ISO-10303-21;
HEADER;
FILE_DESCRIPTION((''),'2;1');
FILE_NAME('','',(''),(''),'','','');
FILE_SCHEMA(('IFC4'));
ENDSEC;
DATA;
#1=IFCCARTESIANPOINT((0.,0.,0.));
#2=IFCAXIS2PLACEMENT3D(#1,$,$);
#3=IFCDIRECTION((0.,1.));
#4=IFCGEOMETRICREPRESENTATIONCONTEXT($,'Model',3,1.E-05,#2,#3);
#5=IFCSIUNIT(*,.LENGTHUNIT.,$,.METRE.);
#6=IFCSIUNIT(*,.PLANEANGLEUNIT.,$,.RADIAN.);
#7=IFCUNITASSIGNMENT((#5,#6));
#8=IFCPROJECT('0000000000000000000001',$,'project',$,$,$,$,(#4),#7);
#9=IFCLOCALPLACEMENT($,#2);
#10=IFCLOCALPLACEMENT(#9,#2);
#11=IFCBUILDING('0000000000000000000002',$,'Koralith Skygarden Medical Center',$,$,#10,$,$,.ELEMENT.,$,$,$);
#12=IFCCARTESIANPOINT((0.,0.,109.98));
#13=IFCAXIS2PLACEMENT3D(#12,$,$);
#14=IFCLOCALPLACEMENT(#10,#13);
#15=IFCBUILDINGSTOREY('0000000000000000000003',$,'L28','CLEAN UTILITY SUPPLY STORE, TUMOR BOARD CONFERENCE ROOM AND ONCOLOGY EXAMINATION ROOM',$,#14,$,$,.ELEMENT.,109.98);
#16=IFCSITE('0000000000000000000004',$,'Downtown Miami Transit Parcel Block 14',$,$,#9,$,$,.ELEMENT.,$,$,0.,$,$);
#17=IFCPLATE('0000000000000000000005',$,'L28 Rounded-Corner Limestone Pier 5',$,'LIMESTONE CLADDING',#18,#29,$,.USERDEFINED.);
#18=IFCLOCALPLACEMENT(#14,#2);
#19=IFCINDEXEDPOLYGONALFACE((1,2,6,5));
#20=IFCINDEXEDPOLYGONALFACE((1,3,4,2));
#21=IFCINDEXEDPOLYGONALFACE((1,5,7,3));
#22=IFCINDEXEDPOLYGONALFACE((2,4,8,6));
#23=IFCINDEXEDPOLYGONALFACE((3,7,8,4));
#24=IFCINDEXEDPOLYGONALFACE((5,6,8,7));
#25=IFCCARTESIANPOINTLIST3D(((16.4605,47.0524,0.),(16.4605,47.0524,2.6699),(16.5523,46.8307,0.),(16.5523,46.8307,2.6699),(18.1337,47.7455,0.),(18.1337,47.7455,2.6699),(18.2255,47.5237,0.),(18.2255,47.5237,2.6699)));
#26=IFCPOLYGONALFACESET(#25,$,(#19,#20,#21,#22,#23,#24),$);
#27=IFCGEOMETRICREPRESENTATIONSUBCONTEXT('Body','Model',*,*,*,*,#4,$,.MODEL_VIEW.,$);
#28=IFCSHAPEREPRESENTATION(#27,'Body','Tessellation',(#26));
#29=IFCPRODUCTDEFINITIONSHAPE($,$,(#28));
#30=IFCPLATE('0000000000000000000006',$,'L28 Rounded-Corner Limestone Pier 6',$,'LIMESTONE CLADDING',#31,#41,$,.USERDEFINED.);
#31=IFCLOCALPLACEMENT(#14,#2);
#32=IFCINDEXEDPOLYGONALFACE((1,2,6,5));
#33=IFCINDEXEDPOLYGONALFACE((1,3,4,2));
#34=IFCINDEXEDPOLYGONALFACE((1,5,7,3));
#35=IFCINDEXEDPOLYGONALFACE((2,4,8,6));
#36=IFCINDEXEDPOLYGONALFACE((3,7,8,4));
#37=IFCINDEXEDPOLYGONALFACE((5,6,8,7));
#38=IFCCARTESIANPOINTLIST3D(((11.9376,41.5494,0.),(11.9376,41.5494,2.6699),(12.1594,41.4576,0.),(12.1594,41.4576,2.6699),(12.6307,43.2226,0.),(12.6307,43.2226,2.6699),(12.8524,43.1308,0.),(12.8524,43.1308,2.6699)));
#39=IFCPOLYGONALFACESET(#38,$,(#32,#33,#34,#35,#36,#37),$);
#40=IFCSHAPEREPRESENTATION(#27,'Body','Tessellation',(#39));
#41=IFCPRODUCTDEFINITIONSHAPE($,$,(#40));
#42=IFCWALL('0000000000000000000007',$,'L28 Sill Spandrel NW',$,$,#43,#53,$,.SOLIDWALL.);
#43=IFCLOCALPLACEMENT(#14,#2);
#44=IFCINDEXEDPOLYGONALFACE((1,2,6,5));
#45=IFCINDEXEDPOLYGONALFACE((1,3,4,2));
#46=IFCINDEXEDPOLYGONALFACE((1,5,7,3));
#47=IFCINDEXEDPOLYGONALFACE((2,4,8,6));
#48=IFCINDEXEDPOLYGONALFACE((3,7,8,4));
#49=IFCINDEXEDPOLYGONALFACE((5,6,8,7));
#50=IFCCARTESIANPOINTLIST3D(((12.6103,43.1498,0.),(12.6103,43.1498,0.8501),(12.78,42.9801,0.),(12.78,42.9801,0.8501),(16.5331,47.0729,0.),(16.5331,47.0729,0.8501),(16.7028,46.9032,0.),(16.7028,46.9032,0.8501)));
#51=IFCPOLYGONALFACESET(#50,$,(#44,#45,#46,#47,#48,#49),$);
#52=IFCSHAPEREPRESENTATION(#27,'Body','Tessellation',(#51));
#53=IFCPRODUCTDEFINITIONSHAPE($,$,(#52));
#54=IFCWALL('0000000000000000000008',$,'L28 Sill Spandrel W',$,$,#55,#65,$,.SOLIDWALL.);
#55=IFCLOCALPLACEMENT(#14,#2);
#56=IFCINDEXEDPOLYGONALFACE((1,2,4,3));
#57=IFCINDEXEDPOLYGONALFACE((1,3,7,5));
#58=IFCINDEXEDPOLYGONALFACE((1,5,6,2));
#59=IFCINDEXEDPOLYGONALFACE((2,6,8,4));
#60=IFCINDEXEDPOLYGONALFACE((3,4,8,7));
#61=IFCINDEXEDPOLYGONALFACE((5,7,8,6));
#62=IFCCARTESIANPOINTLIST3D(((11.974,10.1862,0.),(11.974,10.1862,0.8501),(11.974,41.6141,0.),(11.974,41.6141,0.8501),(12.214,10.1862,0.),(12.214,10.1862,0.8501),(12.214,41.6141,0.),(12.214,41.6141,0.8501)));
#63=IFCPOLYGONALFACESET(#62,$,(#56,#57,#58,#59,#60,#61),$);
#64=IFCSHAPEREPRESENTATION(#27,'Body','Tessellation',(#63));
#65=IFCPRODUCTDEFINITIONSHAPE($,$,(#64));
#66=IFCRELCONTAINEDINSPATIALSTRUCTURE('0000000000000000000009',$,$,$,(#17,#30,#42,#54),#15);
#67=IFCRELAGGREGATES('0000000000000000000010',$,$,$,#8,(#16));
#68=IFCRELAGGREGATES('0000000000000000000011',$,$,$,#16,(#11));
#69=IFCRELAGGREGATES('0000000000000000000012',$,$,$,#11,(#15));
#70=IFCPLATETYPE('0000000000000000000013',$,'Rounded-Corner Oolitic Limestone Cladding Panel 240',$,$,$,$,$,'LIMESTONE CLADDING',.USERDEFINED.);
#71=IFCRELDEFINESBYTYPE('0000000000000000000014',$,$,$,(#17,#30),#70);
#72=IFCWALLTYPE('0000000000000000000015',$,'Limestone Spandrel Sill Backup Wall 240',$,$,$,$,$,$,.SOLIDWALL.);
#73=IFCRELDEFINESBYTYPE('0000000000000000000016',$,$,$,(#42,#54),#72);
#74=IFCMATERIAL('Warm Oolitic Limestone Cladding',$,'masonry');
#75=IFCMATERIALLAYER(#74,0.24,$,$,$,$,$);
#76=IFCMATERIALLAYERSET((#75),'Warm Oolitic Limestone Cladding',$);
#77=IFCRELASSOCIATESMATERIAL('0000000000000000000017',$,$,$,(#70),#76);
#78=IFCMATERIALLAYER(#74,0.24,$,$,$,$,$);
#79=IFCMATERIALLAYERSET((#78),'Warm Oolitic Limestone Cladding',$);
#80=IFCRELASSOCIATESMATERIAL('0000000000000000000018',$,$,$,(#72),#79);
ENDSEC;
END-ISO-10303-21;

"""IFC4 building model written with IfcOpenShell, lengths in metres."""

from ifc_helpers import new_model, si_unit, direction, frame, frame_2d, origin, origin_2d, place, context, subcontext, project, spatial, rectangle, extrude, material, layer, layer_set, type_object, element, save


model = new_model("IFC4")

# Units and contexts
model_context = context("Model", 3, precision=1e-05, world=origin(), true_north=direction((0.0, 1.0)))
body_context = subcontext(model_context, "Body", "Model", "MODEL_VIEW")
ifc_project = project(units=[si_unit("LENGTHUNIT", "METRE"), si_unit("PLANEANGLEUNIT", "RADIAN")], contexts=[model_context])

# Site, building, storey
site_placement = place(None, origin())
site = spatial("IfcSite", under=ifc_project, at=site_placement, Name="Downtown Miami Transit Parcel Block 14", CompositionType="ELEMENT", RefElevation=0.0)
building_placement = place(site_placement, origin())
building = spatial("IfcBuilding", under=site, at=building_placement, Name="Koralith Skygarden Medical Center", CompositionType="ELEMENT")
storey_placement = place(building_placement, frame((0.0, 0.0, 109.98)))
storey = spatial("IfcBuildingStorey", under=building, at=storey_placement, Name="L28", Description="CLEAN UTILITY SUPPLY STORE, TUMOR BOARD CONFERENCE ROOM AND ONCOLOGY EXAMINATION ROOM", CompositionType="ELEMENT", Elevation=109.98)

# Plates
ifc_material_1 = material(Name="Warm Oolitic Limestone Cladding", Category="masonry")
ifc_layer_1 = layer(ifc_material_1, 0.24)
ifc_layer_set_1 = layer_set([ifc_layer_1], Name="Warm Oolitic Limestone Cladding")
plate_type_1 = type_object("IfcPlateType", Name="Rounded-Corner Oolitic Limestone Cladding Panel 240", ElementType="LIMESTONE CLADDING", PredefinedType="USERDEFINED", material=ifc_layer_set_1)
for number, where, z_axis, x_axis, name in (
    (1, (17.343, 47.2881, 0.0), (0.0, 0.0, 1.0), (-0.923885, -0.382671, 0.0), "L28 Rounded-Corner Limestone Pier 5"),
    (2, (12.395, 42.3401, 0.0), (0.0, 0.0, 1.0), (-0.382671, -0.923885, 0.0), "L28 Rounded-Corner Limestone Pier 6"),
):
    element("IfcPlate", number, at=place(storey_placement, frame(where, z_axis=z_axis, x_axis=x_axis)), inside=storey, type_object=plate_type_1, Name=name, ObjectType="LIMESTONE CLADDING", PredefinedType="USERDEFINED", context=body_context, shape_type="SweptSolid", body=[
        extrude(rectangle(XDim=1.811, YDim=0.24, at=origin_2d()), origin(), (0.0, 0.0, 1.0), 2.6699),
    ])

# Walls
ifc_layer_2 = layer(ifc_material_1, 0.24)
ifc_layer_set_2 = layer_set([ifc_layer_2], Name="Warm Oolitic Limestone Cladding")
wall_type = type_object("IfcWallType", Name="Limestone Spandrel Sill Backup Wall 240", PredefinedType="SOLIDWALL", material=ifc_layer_set_2)
wall_1_placement = place(storey_placement, frame((16.6179, 46.988, 0.0), z_axis=(0.0, 0.0, 1.0), x_axis=(-0.707085, -0.707129, 0.0)))
element("IfcWall", 3, at=wall_1_placement, inside=storey, type_object=wall_type, Name="L28 Sill Spandrel NW", PredefinedType="SOLIDWALL", context=body_context, shape_type="SweptSolid", body=[
    extrude(rectangle(XDim=5.5479, YDim=0.24, at=frame_2d((2.7739, 0.0))), origin(), (0.0, 0.0, 1.0), 0.8501),
])
wall_2_placement = place(storey_placement, frame((12.094, 41.614, 0.0), z_axis=(0.0, 0.0, 1.0), x_axis=(0.0, -1.0, 0.0)))
element("IfcWall", 4, at=wall_2_placement, inside=storey, type_object=wall_type, Name="L28 Sill Spandrel W", PredefinedType="SOLIDWALL", context=body_context, shape_type="SweptSolid", body=[
    extrude(rectangle(XDim=31.428, YDim=0.24, at=frame_2d((15.7139, 0.0))), origin(), (0.0, 0.0, 1.0), 0.8501),
])

save(model, "model.ifc")
